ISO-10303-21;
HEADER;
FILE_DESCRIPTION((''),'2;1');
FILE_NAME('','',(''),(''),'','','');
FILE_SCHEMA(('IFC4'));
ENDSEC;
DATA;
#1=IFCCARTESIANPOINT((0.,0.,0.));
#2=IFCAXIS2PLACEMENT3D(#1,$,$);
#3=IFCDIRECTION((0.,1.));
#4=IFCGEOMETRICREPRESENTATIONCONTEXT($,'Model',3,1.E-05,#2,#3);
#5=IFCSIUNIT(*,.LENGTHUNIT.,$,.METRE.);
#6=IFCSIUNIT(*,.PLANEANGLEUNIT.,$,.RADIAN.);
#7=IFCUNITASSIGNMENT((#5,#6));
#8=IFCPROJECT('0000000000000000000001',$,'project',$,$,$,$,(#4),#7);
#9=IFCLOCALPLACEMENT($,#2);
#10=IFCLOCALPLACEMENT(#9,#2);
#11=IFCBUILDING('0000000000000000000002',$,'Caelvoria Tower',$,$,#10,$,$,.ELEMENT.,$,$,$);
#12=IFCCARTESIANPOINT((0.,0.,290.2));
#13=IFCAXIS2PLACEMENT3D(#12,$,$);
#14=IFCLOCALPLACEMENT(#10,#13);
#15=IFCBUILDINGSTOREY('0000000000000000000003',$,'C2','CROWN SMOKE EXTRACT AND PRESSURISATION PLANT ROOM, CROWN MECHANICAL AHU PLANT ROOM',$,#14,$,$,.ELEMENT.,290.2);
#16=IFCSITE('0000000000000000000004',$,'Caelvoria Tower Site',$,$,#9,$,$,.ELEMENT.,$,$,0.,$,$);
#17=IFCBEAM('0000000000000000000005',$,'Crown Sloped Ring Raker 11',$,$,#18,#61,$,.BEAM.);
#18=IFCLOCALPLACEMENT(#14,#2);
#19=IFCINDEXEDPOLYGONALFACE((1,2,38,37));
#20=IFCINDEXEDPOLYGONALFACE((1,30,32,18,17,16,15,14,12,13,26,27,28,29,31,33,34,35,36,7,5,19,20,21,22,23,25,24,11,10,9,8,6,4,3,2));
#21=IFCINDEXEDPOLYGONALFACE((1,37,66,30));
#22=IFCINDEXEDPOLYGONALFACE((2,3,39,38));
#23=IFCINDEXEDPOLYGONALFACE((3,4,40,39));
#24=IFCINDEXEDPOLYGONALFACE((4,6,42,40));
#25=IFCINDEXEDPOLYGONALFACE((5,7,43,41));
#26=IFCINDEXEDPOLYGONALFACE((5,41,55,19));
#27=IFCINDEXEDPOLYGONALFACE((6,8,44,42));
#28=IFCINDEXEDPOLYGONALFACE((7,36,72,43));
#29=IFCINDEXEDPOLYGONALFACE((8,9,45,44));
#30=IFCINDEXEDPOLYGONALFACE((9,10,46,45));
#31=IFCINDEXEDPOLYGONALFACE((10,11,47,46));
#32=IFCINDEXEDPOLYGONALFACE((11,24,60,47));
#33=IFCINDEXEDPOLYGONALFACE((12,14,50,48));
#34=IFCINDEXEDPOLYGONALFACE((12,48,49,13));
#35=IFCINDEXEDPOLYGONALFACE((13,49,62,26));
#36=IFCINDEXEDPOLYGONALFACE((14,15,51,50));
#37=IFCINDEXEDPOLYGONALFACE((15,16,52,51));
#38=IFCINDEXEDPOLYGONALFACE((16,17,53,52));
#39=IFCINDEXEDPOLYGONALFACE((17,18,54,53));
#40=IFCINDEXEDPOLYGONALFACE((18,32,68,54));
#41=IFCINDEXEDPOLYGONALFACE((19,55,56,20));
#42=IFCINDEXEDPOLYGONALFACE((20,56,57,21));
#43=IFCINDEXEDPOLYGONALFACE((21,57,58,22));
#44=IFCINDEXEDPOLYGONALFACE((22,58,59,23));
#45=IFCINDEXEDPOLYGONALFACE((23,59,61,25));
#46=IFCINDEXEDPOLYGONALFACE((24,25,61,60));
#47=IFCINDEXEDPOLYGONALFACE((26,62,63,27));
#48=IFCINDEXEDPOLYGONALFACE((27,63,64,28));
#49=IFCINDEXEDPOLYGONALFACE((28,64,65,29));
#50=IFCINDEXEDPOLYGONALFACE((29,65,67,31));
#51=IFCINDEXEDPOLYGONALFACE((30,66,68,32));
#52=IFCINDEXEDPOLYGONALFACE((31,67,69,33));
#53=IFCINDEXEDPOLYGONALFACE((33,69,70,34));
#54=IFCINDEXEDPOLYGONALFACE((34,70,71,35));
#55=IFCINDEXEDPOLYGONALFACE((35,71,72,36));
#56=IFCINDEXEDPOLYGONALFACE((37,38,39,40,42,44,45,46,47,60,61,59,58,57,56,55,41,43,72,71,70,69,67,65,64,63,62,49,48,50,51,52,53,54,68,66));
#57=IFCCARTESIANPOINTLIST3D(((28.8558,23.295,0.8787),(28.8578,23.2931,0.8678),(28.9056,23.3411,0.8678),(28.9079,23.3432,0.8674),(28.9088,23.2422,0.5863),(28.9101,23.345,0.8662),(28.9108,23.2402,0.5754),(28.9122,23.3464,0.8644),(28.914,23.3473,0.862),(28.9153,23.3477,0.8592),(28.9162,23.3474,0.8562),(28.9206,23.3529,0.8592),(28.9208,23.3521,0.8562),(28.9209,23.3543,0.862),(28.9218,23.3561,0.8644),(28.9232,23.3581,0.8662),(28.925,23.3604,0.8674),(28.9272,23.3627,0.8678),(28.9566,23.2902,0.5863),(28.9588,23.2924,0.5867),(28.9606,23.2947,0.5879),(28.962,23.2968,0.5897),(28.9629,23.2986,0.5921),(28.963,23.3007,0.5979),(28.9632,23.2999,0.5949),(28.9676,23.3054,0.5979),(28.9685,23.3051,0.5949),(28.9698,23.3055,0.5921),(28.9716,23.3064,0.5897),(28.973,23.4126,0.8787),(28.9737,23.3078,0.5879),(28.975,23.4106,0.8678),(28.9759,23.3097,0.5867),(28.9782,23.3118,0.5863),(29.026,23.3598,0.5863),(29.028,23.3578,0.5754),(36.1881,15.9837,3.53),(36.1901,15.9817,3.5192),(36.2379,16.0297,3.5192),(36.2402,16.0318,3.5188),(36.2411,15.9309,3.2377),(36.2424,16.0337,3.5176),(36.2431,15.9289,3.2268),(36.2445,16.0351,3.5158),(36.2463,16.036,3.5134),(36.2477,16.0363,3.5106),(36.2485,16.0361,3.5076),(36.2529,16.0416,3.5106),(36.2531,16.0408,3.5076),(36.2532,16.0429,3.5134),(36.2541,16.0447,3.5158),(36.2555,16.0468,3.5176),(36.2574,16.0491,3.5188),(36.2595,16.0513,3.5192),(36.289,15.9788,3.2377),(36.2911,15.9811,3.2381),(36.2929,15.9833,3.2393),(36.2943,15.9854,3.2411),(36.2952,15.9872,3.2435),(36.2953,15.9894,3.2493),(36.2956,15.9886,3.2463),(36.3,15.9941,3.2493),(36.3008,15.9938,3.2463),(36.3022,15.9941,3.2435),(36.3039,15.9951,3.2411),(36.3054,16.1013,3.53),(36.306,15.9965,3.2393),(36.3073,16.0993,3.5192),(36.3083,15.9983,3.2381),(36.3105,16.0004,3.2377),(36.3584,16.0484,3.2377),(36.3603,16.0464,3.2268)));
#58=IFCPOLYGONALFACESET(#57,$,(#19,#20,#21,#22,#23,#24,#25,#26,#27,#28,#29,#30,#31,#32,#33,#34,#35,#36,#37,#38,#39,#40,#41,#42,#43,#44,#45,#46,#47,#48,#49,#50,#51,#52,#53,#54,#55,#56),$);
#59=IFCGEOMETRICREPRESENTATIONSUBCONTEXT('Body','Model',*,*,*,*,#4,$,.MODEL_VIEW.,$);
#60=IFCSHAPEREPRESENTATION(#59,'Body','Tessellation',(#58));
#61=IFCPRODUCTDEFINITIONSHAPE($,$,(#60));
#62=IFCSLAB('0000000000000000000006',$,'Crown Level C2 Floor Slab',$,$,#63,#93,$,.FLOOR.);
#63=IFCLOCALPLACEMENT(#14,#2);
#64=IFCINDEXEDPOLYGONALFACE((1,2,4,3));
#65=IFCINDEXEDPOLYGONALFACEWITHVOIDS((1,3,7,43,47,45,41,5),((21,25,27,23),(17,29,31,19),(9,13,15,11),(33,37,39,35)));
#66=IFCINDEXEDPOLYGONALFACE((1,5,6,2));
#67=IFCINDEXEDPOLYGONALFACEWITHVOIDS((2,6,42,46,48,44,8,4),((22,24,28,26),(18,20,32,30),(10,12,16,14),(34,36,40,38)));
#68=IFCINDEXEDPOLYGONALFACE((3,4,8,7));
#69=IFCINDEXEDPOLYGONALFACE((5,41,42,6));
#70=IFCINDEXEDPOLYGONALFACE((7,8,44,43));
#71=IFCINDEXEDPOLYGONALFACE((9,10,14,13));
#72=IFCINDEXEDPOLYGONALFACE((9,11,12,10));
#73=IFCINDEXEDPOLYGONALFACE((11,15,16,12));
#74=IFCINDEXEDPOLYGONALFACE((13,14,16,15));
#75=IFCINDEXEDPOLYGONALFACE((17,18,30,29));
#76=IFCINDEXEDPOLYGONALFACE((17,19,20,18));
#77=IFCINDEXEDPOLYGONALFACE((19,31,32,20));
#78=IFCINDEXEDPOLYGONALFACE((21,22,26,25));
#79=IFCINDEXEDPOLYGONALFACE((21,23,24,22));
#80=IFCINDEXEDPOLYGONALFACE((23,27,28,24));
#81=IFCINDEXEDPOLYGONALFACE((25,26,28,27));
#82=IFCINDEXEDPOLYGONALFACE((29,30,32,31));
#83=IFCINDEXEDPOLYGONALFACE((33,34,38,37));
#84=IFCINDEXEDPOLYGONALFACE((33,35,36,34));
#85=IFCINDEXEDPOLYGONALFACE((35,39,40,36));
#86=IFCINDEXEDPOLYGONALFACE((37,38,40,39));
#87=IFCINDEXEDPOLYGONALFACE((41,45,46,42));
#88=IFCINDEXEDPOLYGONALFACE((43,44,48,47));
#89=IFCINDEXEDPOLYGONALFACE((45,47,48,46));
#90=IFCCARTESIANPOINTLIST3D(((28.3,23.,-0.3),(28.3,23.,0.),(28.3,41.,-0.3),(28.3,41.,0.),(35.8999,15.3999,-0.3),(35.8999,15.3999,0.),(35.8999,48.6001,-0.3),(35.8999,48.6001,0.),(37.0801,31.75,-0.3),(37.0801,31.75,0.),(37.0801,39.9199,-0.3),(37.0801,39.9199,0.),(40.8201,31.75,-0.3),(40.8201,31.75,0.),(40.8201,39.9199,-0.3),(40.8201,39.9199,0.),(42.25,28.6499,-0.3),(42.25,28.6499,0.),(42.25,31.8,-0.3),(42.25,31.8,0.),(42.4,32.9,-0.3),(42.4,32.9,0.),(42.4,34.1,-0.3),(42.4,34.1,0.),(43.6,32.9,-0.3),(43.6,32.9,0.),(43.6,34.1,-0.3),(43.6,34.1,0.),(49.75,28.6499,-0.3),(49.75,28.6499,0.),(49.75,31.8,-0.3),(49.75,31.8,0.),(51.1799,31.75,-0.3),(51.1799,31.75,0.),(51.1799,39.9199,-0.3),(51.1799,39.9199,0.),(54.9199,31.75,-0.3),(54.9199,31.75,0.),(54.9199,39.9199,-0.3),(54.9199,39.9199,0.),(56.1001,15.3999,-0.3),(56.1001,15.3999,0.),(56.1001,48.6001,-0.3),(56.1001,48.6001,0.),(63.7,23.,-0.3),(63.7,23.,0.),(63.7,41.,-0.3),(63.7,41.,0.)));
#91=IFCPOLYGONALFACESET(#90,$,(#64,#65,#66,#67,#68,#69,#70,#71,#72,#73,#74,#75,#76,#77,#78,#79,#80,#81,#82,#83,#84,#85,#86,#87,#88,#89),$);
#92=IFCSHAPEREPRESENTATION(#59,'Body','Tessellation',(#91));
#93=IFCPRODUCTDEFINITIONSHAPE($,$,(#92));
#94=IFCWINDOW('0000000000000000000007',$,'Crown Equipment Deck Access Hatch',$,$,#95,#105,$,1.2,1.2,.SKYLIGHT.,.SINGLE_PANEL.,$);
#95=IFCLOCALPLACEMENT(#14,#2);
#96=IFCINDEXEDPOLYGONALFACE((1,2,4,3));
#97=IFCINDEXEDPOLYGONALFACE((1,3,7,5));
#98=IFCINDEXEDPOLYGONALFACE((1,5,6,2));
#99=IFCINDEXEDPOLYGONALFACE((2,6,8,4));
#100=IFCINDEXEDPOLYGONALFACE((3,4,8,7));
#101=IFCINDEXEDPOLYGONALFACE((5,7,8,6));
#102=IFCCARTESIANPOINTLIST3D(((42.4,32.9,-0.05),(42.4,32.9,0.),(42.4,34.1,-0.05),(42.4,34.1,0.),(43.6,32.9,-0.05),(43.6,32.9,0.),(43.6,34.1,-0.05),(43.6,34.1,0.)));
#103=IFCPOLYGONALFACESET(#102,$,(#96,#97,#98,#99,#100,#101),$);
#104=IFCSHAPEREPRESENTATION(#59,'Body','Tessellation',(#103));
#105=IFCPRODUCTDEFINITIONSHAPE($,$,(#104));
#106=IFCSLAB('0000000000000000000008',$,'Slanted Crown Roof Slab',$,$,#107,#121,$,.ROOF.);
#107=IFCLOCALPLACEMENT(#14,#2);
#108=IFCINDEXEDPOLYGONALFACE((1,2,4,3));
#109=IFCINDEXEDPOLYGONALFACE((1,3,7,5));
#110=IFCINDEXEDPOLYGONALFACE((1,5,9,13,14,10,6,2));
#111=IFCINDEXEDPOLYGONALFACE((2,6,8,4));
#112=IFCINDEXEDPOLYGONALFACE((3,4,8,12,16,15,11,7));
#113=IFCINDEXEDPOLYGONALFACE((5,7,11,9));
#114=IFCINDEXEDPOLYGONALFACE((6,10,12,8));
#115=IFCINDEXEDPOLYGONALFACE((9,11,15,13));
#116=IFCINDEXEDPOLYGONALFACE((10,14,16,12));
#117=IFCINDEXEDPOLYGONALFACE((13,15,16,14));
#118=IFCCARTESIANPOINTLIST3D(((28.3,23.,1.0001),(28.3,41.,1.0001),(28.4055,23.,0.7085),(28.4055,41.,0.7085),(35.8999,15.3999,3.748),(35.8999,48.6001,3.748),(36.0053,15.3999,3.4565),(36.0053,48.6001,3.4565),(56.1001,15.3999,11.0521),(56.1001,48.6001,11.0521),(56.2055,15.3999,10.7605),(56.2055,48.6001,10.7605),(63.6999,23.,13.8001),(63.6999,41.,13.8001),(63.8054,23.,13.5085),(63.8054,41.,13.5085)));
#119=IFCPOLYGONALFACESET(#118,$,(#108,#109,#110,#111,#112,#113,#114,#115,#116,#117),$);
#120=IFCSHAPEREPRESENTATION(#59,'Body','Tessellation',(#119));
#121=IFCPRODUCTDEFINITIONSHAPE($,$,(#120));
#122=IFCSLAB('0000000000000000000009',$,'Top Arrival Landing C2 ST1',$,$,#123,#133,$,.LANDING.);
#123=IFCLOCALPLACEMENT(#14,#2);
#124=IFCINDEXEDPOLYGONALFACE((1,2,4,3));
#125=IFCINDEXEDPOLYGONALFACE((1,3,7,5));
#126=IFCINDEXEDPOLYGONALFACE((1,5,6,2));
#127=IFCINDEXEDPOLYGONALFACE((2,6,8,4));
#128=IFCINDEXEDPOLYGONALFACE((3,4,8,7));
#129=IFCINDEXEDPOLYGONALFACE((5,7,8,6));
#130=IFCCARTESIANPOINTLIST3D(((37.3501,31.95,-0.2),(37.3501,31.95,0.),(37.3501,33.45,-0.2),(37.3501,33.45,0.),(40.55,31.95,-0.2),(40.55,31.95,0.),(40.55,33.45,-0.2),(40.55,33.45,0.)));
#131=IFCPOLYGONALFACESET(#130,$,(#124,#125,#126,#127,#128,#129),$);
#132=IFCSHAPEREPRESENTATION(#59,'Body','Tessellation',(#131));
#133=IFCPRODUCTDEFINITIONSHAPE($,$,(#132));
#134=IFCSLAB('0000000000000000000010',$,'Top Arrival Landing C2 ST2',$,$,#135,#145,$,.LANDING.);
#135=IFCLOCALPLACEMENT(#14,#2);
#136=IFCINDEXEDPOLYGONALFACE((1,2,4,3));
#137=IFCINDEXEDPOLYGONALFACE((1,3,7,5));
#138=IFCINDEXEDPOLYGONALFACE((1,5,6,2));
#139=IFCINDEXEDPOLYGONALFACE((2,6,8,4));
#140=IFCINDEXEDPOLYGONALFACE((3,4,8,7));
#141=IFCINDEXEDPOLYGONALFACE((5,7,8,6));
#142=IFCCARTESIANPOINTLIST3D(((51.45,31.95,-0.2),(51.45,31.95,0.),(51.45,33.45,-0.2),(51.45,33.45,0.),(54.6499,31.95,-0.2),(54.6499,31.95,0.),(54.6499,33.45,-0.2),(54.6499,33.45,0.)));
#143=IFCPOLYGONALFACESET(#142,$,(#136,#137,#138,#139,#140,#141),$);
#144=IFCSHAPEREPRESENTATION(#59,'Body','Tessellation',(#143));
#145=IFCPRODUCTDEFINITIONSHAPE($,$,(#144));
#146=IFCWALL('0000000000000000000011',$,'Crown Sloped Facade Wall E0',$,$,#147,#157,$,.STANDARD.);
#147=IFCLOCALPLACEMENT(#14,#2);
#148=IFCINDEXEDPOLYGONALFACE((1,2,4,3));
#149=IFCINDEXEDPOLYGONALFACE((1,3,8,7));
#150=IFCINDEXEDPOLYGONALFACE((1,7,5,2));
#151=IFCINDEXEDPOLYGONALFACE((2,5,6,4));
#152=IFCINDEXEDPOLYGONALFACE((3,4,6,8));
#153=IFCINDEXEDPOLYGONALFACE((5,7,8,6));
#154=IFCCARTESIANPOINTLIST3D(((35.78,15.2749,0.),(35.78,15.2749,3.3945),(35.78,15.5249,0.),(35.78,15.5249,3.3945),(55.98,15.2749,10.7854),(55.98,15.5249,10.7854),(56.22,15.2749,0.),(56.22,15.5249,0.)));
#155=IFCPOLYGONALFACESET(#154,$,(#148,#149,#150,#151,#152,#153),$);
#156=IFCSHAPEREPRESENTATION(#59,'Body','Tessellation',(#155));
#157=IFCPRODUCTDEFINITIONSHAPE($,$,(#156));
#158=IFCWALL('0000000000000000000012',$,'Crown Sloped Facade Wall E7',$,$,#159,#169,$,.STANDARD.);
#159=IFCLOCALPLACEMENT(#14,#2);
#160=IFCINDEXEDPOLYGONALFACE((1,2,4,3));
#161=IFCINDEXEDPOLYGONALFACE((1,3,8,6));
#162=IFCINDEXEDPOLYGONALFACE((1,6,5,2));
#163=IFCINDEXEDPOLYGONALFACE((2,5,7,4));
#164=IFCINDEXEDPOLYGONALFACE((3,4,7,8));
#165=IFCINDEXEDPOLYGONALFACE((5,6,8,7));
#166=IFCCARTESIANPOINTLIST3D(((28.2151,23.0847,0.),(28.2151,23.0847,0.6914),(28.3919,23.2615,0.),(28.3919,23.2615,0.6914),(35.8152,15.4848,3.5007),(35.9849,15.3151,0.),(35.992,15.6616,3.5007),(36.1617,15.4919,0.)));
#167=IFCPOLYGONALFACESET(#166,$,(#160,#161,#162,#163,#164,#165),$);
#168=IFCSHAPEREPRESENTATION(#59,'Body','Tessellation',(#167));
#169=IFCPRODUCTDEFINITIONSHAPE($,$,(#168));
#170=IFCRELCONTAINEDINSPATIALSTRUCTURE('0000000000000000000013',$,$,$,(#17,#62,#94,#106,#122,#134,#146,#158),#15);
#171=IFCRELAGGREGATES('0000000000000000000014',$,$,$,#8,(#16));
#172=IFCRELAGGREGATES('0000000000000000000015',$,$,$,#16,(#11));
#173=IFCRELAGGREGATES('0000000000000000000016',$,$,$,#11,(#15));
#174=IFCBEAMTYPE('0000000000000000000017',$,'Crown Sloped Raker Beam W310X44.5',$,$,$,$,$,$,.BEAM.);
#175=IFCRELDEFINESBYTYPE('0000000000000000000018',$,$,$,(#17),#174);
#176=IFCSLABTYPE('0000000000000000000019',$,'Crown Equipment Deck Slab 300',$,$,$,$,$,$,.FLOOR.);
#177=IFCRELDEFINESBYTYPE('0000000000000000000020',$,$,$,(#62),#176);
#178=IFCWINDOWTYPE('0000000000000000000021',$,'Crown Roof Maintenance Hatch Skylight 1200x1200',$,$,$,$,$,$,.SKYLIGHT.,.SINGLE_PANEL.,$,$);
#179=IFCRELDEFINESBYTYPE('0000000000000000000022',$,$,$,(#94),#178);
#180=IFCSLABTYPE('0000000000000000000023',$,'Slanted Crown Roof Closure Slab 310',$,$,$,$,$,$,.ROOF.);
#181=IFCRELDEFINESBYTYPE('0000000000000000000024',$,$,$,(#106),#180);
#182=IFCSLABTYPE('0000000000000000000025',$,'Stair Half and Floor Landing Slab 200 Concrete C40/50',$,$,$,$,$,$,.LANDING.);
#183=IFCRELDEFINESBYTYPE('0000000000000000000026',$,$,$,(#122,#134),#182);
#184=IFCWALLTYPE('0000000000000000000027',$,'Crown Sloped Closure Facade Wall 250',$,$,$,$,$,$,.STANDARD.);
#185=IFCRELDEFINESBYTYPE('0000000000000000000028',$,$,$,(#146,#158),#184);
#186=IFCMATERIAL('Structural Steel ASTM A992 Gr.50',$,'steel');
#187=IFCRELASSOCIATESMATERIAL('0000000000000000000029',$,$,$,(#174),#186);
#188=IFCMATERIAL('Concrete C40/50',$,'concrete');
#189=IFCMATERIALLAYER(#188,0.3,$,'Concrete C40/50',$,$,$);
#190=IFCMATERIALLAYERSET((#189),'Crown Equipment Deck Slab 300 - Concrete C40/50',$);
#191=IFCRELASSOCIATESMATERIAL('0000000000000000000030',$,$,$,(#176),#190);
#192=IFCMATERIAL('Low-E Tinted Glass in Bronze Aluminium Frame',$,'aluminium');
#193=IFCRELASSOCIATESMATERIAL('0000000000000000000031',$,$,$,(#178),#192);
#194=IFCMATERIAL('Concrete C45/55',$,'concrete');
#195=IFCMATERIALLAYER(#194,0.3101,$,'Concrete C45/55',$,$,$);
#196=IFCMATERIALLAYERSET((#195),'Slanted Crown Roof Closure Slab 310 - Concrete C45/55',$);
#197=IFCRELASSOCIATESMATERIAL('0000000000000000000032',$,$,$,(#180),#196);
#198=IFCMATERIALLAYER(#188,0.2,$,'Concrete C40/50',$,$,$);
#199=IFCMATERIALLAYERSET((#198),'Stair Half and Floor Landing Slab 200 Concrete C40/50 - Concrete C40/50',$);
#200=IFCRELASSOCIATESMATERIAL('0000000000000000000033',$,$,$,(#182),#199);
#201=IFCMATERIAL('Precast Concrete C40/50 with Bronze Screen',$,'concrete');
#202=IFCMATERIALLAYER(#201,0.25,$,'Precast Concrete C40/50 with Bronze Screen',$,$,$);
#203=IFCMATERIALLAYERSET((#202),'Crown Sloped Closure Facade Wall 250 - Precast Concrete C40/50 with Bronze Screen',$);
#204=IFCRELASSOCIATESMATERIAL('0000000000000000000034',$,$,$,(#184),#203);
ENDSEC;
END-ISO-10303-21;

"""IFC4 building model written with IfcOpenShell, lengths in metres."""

from ifc_helpers import new_model, si_unit, direction, frame, origin, origin_2d, place, context, subcontext, project, spatial, polyline, rectangle, i_section, outline, extrude, material, layer, layer_set, material_profile, profile_set, type_object, element, fill, save


model = new_model("IFC4")

# Units and contexts
model_context = context("Model", 3, precision=1e-05, world=origin(), true_north=direction((0.0, 1.0)))
body_context = subcontext(model_context, "Body", "Model", "MODEL_VIEW")
ifc_project = project(units=[si_unit("LENGTHUNIT", "METRE"), si_unit("PLANEANGLEUNIT", "RADIAN")], contexts=[model_context])

# Site, building, storey
site_placement = place(None, origin())
site = spatial("IfcSite", under=ifc_project, at=site_placement, Name="Caelvoria Tower Site", CompositionType="ELEMENT", RefElevation=0.0)
building_placement = place(site_placement, origin())
building = spatial("IfcBuilding", under=site, at=building_placement, Name="Caelvoria Tower", CompositionType="ELEMENT")
storey_placement = place(building_placement, frame((0.0, 0.0, 290.2)))
storey = spatial("IfcBuildingStorey", under=building, at=storey_placement, Name="C2", Description="CROWN SMOKE EXTRACT AND PRESSURISATION PLANT ROOM, CROWN MECHANICAL AHU PLANT ROOM", CompositionType="ELEMENT", Elevation=290.2)

# Shared definitions
ifc_material_1 = material(Name="Structural Steel ASTM A992 Gr.50", Category="steel")

# Beam
ifc_material_profile_1 = material_profile(ifc_material_1, i_section(OverallWidth=0.166, OverallDepth=0.313, WebThickness=0.0066, FlangeThickness=0.0112, FilletRadius=0.012, at=origin_2d()), Name="Structural Steel ASTM A992 Gr.50")
ifc_profile_set_1 = profile_set([ifc_material_profile_1], Name="W310X44.5 - Structural Steel ASTM A992 Gr.50")
beam_type_1 = type_object("IfcBeamType", Name="Crown Sloped Raker Beam W310X44.5", PredefinedType="BEAM", material=ifc_profile_set_1)
beam_1_placement = place(storey_placement, frame((28.9419, 23.3264, 0.7271), z_axis=(0.685988, -0.684024, 0.248055), x_axis=(0.706092, 0.70812, 0.0)))
element("IfcBeam", 1, at=beam_1_placement, inside=storey, type_object=beam_type_1, Name="Crown Sloped Ring Raker 11", PredefinedType="BEAM", context=body_context, shape_type="SweptSolid", body=[
    extrude(i_section(OverallWidth=0.166, OverallDepth=0.313, WebThickness=0.0066, FlangeThickness=0.0112, FilletRadius=0.012, at=origin_2d()), origin(), (0.0, 0.0, 1.0), 10.6887),
])

# Slab, opening, window
ifc_material_2 = material(Name="Concrete C40/50", Category="concrete")
ifc_layer_1 = layer(ifc_material_2, 0.3, Name="Concrete C40/50")
ifc_layer_set_1 = layer_set([ifc_layer_1], Name="Crown Equipment Deck Slab 300 - Concrete C40/50")
slab_type_1 = type_object("IfcSlabType", Name="Crown Equipment Deck Slab 300", PredefinedType="FLOOR", material=ifc_layer_set_1)
slab_1_placement = place(storey_placement, frame((0.0, 0.0, -0.3)))
slab_1 = element("IfcSlab", 2, at=slab_1_placement, inside=storey, type_object=slab_type_1, Name="Crown Level C2 Floor Slab", PredefinedType="FLOOR", context=body_context, shape_type="SweptSolid", body=[
    extrude(outline(polyline([(35.8999, 15.3999), (56.1001, 15.3999), (63.7, 23.0), (63.7, 41.0), (56.1001, 48.6001), (35.8999, 48.6001), (28.3, 41.0), (28.3, 23.0), (35.8999, 15.3999)]), holes=[polyline([(37.0801, 31.75), (40.8201, 31.75), (40.8201, 39.9199), (37.0801, 39.9199), (37.0801, 31.75)]), polyline([(51.1799, 31.75), (54.9199, 31.75), (54.9199, 39.9199), (51.1799, 39.9199), (51.1799, 31.75)]), polyline([(42.25, 28.6499), (49.75, 28.6499), (49.75, 31.8), (42.25, 31.8), (42.25, 28.6499)])]), origin(), (0.0, 0.0, 1.0), 0.3),
])
opening_1_placement = place(slab_1_placement, frame((43.0, 33.5, 0.0)))
opening_1 = element("IfcOpeningElement", 3, at=opening_1_placement, cuts=slab_1, PredefinedType="OPENING", context=body_context, shape_type="SweptSolid", body=[
    extrude(rectangle(XDim=1.2, YDim=1.2, at=origin_2d()), origin(), (0.0, 0.0, 1.0), 0.3),
])
ifc_material_3 = material(Name="Low-E Tinted Glass in Bronze Aluminium Frame", Category="aluminium")
window_type = type_object("IfcWindowType", Name="Crown Roof Maintenance Hatch Skylight 1200x1200", PartitioningType="SINGLE_PANEL", PredefinedType="SKYLIGHT", material=ifc_material_3)
window_placement = place(opening_1_placement, frame((0.0, 0.0, 0.25)))
window = element("IfcWindow", 4, at=window_placement, inside=storey, type_object=window_type, Name="Crown Equipment Deck Access Hatch", OverallHeight=1.2, OverallWidth=1.2, PartitioningType="SINGLE_PANEL", PredefinedType="SKYLIGHT", context=body_context, shape_type="SweptSolid", body=[
    extrude(rectangle(XDim=1.2, YDim=1.2, at=origin_2d()), origin(), (0.0, 0.0, 1.0), 0.05),
])
fill(opening_1, window)

# Slabs
ifc_material_4 = material(Name="Concrete C45/55", Category="concrete")
ifc_layer_2 = layer(ifc_material_4, 0.3101, Name="Concrete C45/55")
ifc_layer_set_2 = layer_set([ifc_layer_2], Name="Slanted Crown Roof Closure Slab 310 - Concrete C45/55")
slab_type_2 = type_object("IfcSlabType", Name="Slanted Crown Roof Closure Slab 310", PredefinedType="ROOF", material=ifc_layer_set_2)
slab_2_placement = place(storey_placement, frame((35.8999, 15.3999, 3.748), z_axis=(-0.340037, 0.0, 0.940412), x_axis=(0.940412, 0.0, 0.340037)))
element("IfcSlab", 5, at=slab_2_placement, inside=storey, type_object=slab_type_2, Name="Slanted Crown Roof Slab", PredefinedType="ROOF", context=body_context, shape_type="SweptSolid", body=[
    extrude(outline(polyline([(0.0, 0.0), (21.4801, 0.0), (29.5616, 7.6001), (29.5616, 25.6001), (21.4801, 33.2002), (0.0, 33.2002), (-8.0814, 25.6001), (-8.0814, 7.6001), (0.0, 0.0)])), origin(), (0.0, 0.0, -1.0), 0.3101),
])
ifc_layer_3 = layer(ifc_material_2, 0.2, Name="Concrete C40/50")
ifc_layer_set_3 = layer_set([ifc_layer_3], Name="Stair Half and Floor Landing Slab 200 Concrete C40/50 - Concrete C40/50")
slab_type_3 = type_object("IfcSlabType", Name="Stair Half and Floor Landing Slab 200 Concrete C40/50", PredefinedType="LANDING", material=ifc_layer_set_3)
slab_3_placement = place(storey_placement, frame((0.0, 0.0, -0.2)))
element("IfcSlab", 6, at=slab_3_placement, inside=storey, type_object=slab_type_3, Name="Top Arrival Landing C2 ST1", PredefinedType="LANDING", context=body_context, shape_type="SweptSolid", body=[
    extrude(outline(polyline([(37.3501, 31.95), (40.55, 31.95), (40.55, 33.45), (37.3501, 33.45), (37.3501, 31.95)])), origin(), (0.0, 0.0, 1.0), 0.2),
])
slab_4_placement = place(storey_placement, frame((0.0, 0.0, -0.2)))
element("IfcSlab", 7, at=slab_4_placement, inside=storey, type_object=slab_type_3, Name="Top Arrival Landing C2 ST2", PredefinedType="LANDING", context=body_context, shape_type="SweptSolid", body=[
    extrude(outline(polyline([(51.45, 31.95), (54.6499, 31.95), (54.6499, 33.45), (51.45, 33.45), (51.45, 31.95)])), origin(), (0.0, 0.0, 1.0), 0.2),
])

# Walls
ifc_material_5 = material(Name="Precast Concrete C40/50 with Bronze Screen", Category="concrete")
ifc_layer_4 = layer(ifc_material_5, 0.25, Name="Precast Concrete C40/50 with Bronze Screen")
ifc_layer_set_4 = layer_set([ifc_layer_4], Name="Crown Sloped Closure Facade Wall 250 - Precast Concrete C40/50 with Bronze Screen")
wall_type_1 = type_object("IfcWallType", Name="Crown Sloped Closure Facade Wall 250", PredefinedType="STANDARD", material=ifc_layer_set_4)
wall_1_placement = place(storey_placement, frame((35.78, 15.3999, 0.0), z_axis=(0.0, 0.0, 1.0), x_axis=(1.0, 0.0, 0.0)))
element("IfcWall", 8, at=wall_1_placement, inside=storey, type_object=wall_type_1, Name="Crown Sloped Facade Wall E0", PredefinedType="STANDARD", context=body_context, shape_type="SweptSolid", body=[
    extrude(outline(polyline([(0.0, 0.0), (20.4399, 0.0), (20.2, 10.7854), (0.0, 3.3945), (0.0, 0.0)])), frame((0.0, 0.125, 0.0), z_axis=(0.0, -1.0, 0.0), x_axis=(1.0, 0.0, 0.0)), (0.0, 0.0, 1.0), 0.25),
])
wall_2_placement = place(storey_placement, frame((28.3035, 23.1731, 0.0), z_axis=(0.0, 0.0, 1.0), x_axis=(0.707118, -0.707096, 0.0)))
element("IfcWall", 9, at=wall_2_placement, inside=storey, type_object=wall_type_1, Name="Crown Sloped Facade Wall E7", PredefinedType="STANDARD", context=body_context, shape_type="SweptSolid", body=[
    extrude(outline(polyline([(0.0, 0.0), (10.988, 0.0), (10.748, 3.5007), (0.0, 0.6914), (0.0, 0.0)])), frame((0.0, 0.125, 0.0), z_axis=(0.0, -1.0, 0.0), x_axis=(1.0, 0.0, 0.0)), (0.0, 0.0, 1.0), 0.25),
])

save(model, "model.ifc")
